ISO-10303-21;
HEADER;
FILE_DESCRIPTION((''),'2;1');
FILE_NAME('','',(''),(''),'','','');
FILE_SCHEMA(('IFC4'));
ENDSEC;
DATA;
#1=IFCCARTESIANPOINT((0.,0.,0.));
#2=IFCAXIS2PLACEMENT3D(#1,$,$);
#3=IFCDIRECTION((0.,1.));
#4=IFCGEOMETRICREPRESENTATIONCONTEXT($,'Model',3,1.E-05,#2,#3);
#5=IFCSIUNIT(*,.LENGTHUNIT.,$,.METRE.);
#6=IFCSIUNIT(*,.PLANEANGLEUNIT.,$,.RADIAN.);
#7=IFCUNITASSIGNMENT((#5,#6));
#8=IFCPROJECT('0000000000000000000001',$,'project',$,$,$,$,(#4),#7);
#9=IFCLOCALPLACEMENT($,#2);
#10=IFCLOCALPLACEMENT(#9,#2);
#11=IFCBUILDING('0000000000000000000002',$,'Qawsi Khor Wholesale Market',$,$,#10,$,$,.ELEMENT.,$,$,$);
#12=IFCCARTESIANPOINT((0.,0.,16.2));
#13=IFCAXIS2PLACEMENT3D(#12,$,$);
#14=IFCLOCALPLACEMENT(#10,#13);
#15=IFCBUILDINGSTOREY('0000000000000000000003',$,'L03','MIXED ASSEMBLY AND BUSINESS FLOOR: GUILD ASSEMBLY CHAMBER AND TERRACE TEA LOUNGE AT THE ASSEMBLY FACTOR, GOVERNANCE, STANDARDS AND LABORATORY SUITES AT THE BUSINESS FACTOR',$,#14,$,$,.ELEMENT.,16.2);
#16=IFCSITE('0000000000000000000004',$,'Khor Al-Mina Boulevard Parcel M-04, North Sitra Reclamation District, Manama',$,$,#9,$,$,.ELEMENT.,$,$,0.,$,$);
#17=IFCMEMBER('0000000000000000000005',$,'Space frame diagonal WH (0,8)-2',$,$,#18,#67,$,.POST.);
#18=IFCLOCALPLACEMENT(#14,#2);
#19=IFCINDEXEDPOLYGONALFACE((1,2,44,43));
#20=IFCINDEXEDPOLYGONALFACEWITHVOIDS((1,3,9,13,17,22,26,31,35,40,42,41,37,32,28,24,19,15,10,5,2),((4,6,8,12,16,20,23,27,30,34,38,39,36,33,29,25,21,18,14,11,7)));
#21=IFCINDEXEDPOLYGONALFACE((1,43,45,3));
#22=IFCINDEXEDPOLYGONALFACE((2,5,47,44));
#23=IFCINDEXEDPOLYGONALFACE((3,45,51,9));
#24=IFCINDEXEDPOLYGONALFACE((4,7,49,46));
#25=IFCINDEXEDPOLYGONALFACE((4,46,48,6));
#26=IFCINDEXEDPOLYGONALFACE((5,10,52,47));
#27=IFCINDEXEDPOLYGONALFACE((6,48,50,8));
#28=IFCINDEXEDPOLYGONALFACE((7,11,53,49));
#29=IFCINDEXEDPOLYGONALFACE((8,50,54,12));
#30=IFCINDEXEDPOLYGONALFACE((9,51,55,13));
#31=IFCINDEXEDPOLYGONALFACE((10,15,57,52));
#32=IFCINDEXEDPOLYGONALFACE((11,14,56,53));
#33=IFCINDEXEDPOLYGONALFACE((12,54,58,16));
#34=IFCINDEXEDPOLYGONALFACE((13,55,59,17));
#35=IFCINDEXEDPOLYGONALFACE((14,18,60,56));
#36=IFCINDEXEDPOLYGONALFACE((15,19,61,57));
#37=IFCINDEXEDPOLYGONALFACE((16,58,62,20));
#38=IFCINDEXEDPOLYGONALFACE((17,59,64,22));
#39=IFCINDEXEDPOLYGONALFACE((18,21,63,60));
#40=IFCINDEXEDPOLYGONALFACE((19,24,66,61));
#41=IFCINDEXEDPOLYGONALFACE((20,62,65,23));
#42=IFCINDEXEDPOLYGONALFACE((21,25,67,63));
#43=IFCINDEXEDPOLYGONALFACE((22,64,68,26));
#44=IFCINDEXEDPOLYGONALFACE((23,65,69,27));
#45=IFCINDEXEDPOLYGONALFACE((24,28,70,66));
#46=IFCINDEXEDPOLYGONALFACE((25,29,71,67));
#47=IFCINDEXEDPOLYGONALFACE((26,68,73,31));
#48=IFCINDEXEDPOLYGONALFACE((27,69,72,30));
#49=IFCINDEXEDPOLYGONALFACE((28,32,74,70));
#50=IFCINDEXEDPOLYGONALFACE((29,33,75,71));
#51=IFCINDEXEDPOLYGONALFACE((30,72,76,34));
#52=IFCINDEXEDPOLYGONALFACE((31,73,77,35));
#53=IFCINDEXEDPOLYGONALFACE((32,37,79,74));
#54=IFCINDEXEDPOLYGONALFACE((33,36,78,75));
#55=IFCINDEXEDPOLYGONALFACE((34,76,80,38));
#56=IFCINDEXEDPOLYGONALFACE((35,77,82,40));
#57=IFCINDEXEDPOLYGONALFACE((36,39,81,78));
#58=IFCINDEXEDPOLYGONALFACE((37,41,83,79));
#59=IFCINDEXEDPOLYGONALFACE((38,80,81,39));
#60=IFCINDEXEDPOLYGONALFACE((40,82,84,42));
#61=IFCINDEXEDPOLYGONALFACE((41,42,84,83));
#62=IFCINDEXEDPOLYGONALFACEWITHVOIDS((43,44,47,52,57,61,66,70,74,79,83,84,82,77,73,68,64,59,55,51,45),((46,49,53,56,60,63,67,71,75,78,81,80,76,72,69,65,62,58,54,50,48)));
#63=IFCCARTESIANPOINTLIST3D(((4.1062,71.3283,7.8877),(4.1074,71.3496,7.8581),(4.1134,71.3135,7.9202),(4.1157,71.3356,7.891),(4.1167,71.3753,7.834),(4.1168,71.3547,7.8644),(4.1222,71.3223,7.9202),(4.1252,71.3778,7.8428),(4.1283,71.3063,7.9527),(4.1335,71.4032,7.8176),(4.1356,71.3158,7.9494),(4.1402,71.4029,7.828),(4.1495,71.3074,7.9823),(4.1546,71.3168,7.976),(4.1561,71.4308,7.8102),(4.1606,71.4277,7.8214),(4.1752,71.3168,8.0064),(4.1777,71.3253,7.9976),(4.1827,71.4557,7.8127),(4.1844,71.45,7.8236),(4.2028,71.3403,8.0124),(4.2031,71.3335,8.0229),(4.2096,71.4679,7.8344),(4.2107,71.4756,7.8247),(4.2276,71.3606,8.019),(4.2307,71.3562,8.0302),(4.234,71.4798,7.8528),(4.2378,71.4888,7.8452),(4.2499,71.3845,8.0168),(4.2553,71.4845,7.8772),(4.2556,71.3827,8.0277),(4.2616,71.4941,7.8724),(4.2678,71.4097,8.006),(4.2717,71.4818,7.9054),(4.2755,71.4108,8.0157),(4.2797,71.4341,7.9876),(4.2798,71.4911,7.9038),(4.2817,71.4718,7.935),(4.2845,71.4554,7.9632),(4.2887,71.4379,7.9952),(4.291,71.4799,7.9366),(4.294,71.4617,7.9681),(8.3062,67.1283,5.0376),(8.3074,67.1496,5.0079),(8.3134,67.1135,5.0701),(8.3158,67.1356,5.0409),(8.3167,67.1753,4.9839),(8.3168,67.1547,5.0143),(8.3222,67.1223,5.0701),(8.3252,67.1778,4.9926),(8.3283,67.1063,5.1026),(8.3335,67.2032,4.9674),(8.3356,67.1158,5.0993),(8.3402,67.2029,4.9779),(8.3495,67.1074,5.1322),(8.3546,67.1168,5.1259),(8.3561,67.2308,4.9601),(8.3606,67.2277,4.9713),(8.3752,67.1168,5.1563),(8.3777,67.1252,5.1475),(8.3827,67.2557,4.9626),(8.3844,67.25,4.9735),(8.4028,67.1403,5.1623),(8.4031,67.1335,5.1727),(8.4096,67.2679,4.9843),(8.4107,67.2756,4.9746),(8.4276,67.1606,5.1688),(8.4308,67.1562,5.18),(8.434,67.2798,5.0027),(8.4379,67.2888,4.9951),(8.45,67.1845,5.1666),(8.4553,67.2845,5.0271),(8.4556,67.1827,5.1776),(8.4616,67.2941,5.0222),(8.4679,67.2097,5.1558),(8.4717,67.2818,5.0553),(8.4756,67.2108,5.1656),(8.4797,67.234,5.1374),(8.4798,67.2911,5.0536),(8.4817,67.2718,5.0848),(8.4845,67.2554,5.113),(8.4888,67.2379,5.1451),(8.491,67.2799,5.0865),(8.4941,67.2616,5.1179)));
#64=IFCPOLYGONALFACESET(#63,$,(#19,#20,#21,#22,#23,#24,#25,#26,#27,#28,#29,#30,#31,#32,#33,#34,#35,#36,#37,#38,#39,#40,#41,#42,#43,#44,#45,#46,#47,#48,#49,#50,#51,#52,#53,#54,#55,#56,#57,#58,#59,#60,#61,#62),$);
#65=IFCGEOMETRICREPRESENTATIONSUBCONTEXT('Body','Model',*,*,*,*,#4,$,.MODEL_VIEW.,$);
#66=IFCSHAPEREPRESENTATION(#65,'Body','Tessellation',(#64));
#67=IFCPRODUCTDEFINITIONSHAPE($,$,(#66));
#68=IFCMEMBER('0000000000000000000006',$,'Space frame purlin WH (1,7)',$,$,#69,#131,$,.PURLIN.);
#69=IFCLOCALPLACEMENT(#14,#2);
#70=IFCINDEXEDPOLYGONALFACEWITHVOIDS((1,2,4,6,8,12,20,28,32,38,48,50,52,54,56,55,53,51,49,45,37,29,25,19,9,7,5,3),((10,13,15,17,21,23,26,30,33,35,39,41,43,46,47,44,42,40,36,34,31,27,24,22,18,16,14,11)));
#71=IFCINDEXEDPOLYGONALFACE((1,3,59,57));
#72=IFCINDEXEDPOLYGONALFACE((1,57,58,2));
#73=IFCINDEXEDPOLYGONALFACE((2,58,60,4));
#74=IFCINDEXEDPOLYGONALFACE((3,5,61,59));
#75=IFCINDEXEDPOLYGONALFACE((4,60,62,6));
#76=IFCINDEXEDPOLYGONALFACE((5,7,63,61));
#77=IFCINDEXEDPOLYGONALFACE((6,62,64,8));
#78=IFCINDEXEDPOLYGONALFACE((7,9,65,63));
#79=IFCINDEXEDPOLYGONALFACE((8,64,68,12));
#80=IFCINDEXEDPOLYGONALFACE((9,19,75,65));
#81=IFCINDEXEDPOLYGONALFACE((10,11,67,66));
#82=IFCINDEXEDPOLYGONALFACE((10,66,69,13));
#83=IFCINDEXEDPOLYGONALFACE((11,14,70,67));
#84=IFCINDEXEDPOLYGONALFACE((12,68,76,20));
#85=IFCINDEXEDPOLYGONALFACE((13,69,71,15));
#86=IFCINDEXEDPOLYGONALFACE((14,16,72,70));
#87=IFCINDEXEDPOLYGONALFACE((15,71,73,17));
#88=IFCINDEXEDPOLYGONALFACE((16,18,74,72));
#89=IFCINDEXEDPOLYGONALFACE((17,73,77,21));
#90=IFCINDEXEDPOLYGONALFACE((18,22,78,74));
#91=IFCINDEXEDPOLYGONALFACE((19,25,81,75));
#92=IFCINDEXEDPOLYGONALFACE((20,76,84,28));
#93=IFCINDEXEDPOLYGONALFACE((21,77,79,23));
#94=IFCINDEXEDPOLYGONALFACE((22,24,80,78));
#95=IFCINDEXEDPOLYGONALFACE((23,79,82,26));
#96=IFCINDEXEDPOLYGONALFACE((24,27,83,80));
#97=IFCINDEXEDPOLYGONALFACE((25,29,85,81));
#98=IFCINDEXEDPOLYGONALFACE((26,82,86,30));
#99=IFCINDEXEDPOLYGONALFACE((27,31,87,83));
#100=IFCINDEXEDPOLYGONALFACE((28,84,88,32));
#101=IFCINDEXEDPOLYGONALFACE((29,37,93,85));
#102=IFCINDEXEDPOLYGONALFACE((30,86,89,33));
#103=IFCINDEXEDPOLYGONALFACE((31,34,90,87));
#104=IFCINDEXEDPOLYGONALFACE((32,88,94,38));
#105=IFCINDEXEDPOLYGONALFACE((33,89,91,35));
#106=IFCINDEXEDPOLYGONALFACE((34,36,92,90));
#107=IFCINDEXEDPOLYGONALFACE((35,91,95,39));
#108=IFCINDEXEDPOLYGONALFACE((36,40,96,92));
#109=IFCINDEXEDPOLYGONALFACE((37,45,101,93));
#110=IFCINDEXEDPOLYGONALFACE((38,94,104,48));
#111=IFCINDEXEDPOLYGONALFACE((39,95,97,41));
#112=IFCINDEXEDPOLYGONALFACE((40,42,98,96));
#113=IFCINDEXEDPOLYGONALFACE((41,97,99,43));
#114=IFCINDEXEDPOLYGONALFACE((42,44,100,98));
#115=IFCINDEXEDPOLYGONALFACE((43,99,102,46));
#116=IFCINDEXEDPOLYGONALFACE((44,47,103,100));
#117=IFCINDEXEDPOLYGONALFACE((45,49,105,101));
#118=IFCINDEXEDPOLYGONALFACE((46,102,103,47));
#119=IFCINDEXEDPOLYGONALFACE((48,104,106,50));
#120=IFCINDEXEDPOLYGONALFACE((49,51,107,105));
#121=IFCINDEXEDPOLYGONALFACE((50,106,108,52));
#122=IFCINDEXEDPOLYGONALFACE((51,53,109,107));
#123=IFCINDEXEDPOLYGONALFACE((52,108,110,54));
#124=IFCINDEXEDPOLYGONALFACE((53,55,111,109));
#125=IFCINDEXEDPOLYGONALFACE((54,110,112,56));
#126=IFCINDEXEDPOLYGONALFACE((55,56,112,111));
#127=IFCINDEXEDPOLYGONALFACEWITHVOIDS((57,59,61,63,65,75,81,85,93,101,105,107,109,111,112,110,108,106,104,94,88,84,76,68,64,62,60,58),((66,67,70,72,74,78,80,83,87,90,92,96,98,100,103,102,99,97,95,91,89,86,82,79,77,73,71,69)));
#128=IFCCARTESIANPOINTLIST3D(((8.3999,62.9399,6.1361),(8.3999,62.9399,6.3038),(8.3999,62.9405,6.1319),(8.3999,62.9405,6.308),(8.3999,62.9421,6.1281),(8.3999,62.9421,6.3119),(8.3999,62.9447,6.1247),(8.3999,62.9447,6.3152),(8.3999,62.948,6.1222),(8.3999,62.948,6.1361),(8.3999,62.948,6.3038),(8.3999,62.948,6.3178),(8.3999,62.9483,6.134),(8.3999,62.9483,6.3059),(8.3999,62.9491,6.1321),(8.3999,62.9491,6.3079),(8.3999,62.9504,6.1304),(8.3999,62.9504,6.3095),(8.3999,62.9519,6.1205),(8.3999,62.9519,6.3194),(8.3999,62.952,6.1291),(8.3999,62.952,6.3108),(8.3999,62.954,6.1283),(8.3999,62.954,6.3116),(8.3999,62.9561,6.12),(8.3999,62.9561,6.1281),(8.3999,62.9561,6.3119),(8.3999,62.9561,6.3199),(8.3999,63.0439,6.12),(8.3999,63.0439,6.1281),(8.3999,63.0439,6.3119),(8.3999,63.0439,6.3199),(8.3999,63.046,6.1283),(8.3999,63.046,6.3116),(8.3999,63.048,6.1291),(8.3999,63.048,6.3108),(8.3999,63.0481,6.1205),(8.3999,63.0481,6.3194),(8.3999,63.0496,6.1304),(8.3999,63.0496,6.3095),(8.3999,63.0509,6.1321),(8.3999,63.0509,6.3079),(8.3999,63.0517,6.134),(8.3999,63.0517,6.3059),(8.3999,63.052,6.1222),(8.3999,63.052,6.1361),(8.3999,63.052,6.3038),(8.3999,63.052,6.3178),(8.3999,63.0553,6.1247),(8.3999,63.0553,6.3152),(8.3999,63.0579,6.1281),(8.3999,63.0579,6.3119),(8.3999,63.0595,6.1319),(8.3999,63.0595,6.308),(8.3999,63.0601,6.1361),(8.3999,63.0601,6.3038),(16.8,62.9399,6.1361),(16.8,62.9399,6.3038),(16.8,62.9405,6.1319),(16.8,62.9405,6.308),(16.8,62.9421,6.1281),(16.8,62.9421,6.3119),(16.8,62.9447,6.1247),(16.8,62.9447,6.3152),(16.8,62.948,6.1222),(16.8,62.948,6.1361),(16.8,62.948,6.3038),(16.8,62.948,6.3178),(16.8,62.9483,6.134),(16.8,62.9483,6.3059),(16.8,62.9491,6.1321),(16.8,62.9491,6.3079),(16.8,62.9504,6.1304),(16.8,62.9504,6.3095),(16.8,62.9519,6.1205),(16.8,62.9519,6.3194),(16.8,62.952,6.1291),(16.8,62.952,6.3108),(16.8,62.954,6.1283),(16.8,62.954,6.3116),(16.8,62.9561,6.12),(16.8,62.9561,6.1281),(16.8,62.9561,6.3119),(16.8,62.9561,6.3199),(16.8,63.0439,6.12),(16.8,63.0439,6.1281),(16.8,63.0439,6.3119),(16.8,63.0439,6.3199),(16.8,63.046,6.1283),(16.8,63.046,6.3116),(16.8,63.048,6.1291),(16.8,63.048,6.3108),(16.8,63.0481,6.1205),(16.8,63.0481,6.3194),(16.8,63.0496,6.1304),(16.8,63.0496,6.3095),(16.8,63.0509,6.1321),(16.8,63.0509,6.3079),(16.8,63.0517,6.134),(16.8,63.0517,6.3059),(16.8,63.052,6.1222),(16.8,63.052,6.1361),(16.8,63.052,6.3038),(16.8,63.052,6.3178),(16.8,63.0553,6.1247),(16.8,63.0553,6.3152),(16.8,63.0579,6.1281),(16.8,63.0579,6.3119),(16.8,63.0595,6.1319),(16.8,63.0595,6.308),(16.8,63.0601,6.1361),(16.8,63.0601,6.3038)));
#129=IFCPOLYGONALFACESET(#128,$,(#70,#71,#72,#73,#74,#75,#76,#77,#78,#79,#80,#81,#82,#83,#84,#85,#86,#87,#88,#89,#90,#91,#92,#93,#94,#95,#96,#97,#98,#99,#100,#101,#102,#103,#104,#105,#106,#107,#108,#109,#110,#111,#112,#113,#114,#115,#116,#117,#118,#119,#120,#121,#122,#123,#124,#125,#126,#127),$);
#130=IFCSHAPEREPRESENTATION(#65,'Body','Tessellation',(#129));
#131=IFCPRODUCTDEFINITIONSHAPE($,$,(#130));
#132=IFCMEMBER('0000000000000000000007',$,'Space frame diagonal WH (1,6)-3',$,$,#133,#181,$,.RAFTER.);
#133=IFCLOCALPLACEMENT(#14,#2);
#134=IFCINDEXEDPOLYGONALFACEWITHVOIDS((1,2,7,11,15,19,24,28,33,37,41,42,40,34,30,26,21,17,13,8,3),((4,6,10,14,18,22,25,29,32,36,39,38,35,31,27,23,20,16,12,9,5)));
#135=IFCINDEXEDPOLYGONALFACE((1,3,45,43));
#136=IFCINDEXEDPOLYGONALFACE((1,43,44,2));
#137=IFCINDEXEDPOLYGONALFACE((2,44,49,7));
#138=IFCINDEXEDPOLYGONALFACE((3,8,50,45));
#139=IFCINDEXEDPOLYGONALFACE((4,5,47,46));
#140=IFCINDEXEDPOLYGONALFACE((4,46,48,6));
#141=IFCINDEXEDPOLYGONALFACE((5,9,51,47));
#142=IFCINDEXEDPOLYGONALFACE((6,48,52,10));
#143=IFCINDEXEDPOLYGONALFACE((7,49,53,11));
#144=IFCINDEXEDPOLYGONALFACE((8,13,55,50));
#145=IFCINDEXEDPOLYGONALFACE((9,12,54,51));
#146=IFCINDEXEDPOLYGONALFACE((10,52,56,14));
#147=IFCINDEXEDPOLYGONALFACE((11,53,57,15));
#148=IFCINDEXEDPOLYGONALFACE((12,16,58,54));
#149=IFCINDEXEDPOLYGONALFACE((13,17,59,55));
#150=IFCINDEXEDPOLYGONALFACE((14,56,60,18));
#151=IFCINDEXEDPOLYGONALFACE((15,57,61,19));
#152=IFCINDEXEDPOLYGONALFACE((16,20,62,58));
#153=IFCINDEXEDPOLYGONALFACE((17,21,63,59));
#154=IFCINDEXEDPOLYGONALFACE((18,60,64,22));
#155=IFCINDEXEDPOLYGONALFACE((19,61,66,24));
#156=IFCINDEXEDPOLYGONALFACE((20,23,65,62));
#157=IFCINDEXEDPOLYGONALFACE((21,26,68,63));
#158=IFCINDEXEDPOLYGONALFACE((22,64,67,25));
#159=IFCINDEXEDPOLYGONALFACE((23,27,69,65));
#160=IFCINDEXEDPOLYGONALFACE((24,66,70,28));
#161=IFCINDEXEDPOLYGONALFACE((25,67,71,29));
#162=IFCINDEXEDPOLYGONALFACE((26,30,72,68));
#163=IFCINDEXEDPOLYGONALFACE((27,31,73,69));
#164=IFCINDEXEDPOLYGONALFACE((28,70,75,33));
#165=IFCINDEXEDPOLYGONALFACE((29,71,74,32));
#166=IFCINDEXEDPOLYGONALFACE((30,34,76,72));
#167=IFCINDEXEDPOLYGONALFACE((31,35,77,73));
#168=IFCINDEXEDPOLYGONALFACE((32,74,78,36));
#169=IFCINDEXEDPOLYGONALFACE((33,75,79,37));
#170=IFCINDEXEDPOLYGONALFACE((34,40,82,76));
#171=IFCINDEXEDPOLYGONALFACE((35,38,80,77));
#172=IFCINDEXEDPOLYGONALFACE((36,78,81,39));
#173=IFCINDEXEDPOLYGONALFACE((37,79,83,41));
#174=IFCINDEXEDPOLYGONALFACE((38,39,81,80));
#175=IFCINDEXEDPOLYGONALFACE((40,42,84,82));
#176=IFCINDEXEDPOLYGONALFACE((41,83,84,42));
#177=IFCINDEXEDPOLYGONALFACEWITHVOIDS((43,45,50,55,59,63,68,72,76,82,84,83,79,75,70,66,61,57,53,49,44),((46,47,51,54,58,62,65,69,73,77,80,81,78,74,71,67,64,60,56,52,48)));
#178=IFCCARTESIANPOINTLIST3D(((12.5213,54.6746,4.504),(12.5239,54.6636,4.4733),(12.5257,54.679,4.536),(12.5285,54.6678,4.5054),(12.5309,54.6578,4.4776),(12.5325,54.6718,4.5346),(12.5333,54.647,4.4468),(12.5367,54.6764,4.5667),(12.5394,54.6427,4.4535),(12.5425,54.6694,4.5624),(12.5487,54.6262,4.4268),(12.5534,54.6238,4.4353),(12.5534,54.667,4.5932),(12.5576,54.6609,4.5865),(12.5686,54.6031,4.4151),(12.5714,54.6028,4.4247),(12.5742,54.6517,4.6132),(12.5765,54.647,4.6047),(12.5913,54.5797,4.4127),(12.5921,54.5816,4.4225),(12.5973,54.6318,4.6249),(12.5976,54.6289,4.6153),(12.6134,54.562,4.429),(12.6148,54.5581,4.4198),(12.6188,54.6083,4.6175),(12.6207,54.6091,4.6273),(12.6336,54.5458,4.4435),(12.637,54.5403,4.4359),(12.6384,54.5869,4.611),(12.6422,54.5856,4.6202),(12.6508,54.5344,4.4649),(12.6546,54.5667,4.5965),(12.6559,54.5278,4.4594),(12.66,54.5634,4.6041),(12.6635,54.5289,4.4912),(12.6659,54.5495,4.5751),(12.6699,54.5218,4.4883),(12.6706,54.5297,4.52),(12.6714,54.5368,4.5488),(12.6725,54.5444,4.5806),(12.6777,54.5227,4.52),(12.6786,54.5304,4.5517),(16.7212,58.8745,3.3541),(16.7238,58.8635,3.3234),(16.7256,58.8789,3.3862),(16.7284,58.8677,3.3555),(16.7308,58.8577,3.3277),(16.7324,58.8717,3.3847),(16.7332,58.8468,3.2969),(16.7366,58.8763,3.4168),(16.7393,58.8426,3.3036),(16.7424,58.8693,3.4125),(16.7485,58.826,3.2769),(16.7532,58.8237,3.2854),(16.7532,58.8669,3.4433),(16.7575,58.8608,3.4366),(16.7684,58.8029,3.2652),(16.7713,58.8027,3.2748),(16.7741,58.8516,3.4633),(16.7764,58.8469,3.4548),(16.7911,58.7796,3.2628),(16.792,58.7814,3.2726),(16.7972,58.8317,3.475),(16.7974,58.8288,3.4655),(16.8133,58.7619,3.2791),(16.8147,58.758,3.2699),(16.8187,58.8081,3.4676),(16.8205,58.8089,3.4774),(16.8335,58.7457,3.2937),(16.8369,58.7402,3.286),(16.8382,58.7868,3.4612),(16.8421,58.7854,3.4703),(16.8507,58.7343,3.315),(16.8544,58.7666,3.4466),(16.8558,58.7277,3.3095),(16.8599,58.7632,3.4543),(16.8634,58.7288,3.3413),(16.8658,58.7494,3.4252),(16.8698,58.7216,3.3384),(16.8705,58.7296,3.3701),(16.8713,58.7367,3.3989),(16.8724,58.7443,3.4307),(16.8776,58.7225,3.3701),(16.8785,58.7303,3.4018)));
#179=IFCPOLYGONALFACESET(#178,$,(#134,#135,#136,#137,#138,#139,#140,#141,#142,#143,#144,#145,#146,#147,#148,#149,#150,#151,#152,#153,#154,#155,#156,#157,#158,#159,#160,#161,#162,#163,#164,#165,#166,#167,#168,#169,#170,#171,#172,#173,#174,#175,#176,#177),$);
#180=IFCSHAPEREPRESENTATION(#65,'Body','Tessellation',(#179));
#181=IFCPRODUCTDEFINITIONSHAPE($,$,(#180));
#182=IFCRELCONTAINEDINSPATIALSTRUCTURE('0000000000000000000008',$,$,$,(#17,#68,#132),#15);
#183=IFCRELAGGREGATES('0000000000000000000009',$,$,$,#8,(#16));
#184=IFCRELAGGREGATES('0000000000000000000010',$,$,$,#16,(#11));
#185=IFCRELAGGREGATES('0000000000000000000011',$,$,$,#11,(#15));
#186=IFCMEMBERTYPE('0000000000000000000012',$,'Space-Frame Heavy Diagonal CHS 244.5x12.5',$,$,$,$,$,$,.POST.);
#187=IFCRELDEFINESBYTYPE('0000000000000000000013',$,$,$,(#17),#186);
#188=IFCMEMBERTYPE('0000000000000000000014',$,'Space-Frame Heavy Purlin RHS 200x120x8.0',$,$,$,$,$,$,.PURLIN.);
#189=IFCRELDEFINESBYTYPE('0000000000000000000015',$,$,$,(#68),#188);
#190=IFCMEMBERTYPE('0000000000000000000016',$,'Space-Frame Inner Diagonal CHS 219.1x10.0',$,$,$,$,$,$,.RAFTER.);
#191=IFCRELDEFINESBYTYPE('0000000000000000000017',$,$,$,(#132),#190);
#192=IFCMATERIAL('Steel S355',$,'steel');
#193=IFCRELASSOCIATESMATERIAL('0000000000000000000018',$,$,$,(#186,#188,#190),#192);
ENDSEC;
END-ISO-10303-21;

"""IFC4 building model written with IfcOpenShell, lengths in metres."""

from ifc_helpers import new_model, si_unit, direction, frame, origin, origin_2d, place, context, subcontext, project, spatial, hollow_rectangle, hollow_circle, extrude, material, material_profile, profile_set, type_object, element, save


model = new_model("IFC4")

# Units and contexts
model_context = context("Model", 3, precision=1e-05, world=origin(), true_north=direction((0.0, 1.0)))
body_context = subcontext(model_context, "Body", "Model", "MODEL_VIEW")
ifc_project = project(units=[si_unit("LENGTHUNIT", "METRE"), si_unit("PLANEANGLEUNIT", "RADIAN")], contexts=[model_context])

# Site, building, storey
site_placement = place(None, origin())
site = spatial("IfcSite", under=ifc_project, at=site_placement, Name="Khor Al-Mina Boulevard Parcel M-04, North Sitra Reclamation District, Manama", CompositionType="ELEMENT", RefElevation=0.0)
building_placement = place(site_placement, origin())
building = spatial("IfcBuilding", under=site, at=building_placement, Name="Qawsi Khor Wholesale Market", CompositionType="ELEMENT")
storey_placement = place(building_placement, frame((0.0, 0.0, 16.2)))
storey = spatial("IfcBuildingStorey", under=building, at=storey_placement, Name="L03", Description="MIXED ASSEMBLY AND BUSINESS FLOOR: GUILD ASSEMBLY CHAMBER AND TERRACE TEA LOUNGE AT THE ASSEMBLY FACTOR, GOVERNANCE, STANDARDS AND LABORATORY SUITES AT THE BUSINESS FACTOR", CompositionType="ELEMENT", Elevation=16.2)

# Members
ifc_material_1 = material(Name="Steel S355", Category="steel")
ifc_material_profile_1 = material_profile(ifc_material_1, hollow_circle(Radius=0.1223, WallThickness=0.0125, at=origin_2d()), Name="CHS 244.5x12.5")
ifc_profile_set_1 = profile_set([ifc_material_profile_1], Name="Steel S355")
member_type_1 = type_object("IfcMemberType", Name="Space-Frame Heavy Diagonal CHS 244.5x12.5", PredefinedType="POST", material=ifc_profile_set_1)
for number, where, z_axis, x_axis, name in (
    (1, (8.3999, 67.2, 5.0701), (-0.637512, 0.637512, 0.432617), (-0.707107, -0.707107, 0.0), "Space frame diagonal WH (0,8)-2"),
):
    element("IfcMember", number, at=place(storey_placement, frame(where, z_axis=z_axis, x_axis=x_axis)), inside=storey, type_object=member_type_1, Name=name, PredefinedType="POST", context=body_context, shape_type="SweptSolid", body=[
        extrude(hollow_circle(Radius=0.1223, WallThickness=0.0125, at=origin_2d()), origin(), (0.0, 0.0, 1.0), 6.5881),
    ])
ifc_material_profile_2 = material_profile(ifc_material_1, hollow_rectangle(XDim=0.1201, YDim=0.2, WallThickness=0.0081, InnerFilletRadius=0.0081, OuterFilletRadius=0.0161, at=origin_2d()), Name="RHS 200x120x8.0")
ifc_profile_set_2 = profile_set([ifc_material_profile_2], Name="Steel S355")
member_type_2 = type_object("IfcMemberType", Name="Space-Frame Heavy Purlin RHS 200x120x8.0", PredefinedType="PURLIN", material=ifc_profile_set_2)
member_1_placement = place(storey_placement, frame((8.3999, 63.0, 6.22), z_axis=(1.0, 0.0, 0.0), x_axis=(0.0, 1.0, 0.0)))
element("IfcMember", 2, at=member_1_placement, inside=storey, type_object=member_type_2, Name="Space frame purlin WH (1,7)", PredefinedType="PURLIN", context=body_context, shape_type="SweptSolid", body=[
    extrude(hollow_rectangle(XDim=0.1201, YDim=0.2, WallThickness=0.0081, InnerFilletRadius=0.0081, OuterFilletRadius=0.0161, at=origin_2d()), origin(), (0.0, 0.0, 1.0), 8.4001),
])
ifc_material_profile_3 = material_profile(ifc_material_1, hollow_circle(Radius=0.1096, WallThickness=0.01, at=origin_2d()), Name="CHS 219.1x10.0")
ifc_profile_set_3 = profile_set([ifc_material_profile_3], Name="Steel S355")
member_type_3 = type_object("IfcMemberType", Name="Space-Frame Inner Diagonal CHS 219.1x10.0", PredefinedType="RAFTER", material=ifc_profile_set_3)
member_2_placement = place(storey_placement, frame((16.8, 58.8, 3.3701), z_axis=(-0.694217, -0.694217, 0.190069), x_axis=(0.707107, -0.707107, 0.0)))
element("IfcMember", 3, at=member_2_placement, inside=storey, type_object=member_type_3, Name="Space frame diagonal WH (1,6)-3", PredefinedType="RAFTER", context=body_context, shape_type="SweptSolid", body=[
    extrude(hollow_circle(Radius=0.1096, WallThickness=0.01, at=origin_2d()), origin(), (0.0, 0.0, 1.0), 6.0498),
])

save(model, "model.ifc")
